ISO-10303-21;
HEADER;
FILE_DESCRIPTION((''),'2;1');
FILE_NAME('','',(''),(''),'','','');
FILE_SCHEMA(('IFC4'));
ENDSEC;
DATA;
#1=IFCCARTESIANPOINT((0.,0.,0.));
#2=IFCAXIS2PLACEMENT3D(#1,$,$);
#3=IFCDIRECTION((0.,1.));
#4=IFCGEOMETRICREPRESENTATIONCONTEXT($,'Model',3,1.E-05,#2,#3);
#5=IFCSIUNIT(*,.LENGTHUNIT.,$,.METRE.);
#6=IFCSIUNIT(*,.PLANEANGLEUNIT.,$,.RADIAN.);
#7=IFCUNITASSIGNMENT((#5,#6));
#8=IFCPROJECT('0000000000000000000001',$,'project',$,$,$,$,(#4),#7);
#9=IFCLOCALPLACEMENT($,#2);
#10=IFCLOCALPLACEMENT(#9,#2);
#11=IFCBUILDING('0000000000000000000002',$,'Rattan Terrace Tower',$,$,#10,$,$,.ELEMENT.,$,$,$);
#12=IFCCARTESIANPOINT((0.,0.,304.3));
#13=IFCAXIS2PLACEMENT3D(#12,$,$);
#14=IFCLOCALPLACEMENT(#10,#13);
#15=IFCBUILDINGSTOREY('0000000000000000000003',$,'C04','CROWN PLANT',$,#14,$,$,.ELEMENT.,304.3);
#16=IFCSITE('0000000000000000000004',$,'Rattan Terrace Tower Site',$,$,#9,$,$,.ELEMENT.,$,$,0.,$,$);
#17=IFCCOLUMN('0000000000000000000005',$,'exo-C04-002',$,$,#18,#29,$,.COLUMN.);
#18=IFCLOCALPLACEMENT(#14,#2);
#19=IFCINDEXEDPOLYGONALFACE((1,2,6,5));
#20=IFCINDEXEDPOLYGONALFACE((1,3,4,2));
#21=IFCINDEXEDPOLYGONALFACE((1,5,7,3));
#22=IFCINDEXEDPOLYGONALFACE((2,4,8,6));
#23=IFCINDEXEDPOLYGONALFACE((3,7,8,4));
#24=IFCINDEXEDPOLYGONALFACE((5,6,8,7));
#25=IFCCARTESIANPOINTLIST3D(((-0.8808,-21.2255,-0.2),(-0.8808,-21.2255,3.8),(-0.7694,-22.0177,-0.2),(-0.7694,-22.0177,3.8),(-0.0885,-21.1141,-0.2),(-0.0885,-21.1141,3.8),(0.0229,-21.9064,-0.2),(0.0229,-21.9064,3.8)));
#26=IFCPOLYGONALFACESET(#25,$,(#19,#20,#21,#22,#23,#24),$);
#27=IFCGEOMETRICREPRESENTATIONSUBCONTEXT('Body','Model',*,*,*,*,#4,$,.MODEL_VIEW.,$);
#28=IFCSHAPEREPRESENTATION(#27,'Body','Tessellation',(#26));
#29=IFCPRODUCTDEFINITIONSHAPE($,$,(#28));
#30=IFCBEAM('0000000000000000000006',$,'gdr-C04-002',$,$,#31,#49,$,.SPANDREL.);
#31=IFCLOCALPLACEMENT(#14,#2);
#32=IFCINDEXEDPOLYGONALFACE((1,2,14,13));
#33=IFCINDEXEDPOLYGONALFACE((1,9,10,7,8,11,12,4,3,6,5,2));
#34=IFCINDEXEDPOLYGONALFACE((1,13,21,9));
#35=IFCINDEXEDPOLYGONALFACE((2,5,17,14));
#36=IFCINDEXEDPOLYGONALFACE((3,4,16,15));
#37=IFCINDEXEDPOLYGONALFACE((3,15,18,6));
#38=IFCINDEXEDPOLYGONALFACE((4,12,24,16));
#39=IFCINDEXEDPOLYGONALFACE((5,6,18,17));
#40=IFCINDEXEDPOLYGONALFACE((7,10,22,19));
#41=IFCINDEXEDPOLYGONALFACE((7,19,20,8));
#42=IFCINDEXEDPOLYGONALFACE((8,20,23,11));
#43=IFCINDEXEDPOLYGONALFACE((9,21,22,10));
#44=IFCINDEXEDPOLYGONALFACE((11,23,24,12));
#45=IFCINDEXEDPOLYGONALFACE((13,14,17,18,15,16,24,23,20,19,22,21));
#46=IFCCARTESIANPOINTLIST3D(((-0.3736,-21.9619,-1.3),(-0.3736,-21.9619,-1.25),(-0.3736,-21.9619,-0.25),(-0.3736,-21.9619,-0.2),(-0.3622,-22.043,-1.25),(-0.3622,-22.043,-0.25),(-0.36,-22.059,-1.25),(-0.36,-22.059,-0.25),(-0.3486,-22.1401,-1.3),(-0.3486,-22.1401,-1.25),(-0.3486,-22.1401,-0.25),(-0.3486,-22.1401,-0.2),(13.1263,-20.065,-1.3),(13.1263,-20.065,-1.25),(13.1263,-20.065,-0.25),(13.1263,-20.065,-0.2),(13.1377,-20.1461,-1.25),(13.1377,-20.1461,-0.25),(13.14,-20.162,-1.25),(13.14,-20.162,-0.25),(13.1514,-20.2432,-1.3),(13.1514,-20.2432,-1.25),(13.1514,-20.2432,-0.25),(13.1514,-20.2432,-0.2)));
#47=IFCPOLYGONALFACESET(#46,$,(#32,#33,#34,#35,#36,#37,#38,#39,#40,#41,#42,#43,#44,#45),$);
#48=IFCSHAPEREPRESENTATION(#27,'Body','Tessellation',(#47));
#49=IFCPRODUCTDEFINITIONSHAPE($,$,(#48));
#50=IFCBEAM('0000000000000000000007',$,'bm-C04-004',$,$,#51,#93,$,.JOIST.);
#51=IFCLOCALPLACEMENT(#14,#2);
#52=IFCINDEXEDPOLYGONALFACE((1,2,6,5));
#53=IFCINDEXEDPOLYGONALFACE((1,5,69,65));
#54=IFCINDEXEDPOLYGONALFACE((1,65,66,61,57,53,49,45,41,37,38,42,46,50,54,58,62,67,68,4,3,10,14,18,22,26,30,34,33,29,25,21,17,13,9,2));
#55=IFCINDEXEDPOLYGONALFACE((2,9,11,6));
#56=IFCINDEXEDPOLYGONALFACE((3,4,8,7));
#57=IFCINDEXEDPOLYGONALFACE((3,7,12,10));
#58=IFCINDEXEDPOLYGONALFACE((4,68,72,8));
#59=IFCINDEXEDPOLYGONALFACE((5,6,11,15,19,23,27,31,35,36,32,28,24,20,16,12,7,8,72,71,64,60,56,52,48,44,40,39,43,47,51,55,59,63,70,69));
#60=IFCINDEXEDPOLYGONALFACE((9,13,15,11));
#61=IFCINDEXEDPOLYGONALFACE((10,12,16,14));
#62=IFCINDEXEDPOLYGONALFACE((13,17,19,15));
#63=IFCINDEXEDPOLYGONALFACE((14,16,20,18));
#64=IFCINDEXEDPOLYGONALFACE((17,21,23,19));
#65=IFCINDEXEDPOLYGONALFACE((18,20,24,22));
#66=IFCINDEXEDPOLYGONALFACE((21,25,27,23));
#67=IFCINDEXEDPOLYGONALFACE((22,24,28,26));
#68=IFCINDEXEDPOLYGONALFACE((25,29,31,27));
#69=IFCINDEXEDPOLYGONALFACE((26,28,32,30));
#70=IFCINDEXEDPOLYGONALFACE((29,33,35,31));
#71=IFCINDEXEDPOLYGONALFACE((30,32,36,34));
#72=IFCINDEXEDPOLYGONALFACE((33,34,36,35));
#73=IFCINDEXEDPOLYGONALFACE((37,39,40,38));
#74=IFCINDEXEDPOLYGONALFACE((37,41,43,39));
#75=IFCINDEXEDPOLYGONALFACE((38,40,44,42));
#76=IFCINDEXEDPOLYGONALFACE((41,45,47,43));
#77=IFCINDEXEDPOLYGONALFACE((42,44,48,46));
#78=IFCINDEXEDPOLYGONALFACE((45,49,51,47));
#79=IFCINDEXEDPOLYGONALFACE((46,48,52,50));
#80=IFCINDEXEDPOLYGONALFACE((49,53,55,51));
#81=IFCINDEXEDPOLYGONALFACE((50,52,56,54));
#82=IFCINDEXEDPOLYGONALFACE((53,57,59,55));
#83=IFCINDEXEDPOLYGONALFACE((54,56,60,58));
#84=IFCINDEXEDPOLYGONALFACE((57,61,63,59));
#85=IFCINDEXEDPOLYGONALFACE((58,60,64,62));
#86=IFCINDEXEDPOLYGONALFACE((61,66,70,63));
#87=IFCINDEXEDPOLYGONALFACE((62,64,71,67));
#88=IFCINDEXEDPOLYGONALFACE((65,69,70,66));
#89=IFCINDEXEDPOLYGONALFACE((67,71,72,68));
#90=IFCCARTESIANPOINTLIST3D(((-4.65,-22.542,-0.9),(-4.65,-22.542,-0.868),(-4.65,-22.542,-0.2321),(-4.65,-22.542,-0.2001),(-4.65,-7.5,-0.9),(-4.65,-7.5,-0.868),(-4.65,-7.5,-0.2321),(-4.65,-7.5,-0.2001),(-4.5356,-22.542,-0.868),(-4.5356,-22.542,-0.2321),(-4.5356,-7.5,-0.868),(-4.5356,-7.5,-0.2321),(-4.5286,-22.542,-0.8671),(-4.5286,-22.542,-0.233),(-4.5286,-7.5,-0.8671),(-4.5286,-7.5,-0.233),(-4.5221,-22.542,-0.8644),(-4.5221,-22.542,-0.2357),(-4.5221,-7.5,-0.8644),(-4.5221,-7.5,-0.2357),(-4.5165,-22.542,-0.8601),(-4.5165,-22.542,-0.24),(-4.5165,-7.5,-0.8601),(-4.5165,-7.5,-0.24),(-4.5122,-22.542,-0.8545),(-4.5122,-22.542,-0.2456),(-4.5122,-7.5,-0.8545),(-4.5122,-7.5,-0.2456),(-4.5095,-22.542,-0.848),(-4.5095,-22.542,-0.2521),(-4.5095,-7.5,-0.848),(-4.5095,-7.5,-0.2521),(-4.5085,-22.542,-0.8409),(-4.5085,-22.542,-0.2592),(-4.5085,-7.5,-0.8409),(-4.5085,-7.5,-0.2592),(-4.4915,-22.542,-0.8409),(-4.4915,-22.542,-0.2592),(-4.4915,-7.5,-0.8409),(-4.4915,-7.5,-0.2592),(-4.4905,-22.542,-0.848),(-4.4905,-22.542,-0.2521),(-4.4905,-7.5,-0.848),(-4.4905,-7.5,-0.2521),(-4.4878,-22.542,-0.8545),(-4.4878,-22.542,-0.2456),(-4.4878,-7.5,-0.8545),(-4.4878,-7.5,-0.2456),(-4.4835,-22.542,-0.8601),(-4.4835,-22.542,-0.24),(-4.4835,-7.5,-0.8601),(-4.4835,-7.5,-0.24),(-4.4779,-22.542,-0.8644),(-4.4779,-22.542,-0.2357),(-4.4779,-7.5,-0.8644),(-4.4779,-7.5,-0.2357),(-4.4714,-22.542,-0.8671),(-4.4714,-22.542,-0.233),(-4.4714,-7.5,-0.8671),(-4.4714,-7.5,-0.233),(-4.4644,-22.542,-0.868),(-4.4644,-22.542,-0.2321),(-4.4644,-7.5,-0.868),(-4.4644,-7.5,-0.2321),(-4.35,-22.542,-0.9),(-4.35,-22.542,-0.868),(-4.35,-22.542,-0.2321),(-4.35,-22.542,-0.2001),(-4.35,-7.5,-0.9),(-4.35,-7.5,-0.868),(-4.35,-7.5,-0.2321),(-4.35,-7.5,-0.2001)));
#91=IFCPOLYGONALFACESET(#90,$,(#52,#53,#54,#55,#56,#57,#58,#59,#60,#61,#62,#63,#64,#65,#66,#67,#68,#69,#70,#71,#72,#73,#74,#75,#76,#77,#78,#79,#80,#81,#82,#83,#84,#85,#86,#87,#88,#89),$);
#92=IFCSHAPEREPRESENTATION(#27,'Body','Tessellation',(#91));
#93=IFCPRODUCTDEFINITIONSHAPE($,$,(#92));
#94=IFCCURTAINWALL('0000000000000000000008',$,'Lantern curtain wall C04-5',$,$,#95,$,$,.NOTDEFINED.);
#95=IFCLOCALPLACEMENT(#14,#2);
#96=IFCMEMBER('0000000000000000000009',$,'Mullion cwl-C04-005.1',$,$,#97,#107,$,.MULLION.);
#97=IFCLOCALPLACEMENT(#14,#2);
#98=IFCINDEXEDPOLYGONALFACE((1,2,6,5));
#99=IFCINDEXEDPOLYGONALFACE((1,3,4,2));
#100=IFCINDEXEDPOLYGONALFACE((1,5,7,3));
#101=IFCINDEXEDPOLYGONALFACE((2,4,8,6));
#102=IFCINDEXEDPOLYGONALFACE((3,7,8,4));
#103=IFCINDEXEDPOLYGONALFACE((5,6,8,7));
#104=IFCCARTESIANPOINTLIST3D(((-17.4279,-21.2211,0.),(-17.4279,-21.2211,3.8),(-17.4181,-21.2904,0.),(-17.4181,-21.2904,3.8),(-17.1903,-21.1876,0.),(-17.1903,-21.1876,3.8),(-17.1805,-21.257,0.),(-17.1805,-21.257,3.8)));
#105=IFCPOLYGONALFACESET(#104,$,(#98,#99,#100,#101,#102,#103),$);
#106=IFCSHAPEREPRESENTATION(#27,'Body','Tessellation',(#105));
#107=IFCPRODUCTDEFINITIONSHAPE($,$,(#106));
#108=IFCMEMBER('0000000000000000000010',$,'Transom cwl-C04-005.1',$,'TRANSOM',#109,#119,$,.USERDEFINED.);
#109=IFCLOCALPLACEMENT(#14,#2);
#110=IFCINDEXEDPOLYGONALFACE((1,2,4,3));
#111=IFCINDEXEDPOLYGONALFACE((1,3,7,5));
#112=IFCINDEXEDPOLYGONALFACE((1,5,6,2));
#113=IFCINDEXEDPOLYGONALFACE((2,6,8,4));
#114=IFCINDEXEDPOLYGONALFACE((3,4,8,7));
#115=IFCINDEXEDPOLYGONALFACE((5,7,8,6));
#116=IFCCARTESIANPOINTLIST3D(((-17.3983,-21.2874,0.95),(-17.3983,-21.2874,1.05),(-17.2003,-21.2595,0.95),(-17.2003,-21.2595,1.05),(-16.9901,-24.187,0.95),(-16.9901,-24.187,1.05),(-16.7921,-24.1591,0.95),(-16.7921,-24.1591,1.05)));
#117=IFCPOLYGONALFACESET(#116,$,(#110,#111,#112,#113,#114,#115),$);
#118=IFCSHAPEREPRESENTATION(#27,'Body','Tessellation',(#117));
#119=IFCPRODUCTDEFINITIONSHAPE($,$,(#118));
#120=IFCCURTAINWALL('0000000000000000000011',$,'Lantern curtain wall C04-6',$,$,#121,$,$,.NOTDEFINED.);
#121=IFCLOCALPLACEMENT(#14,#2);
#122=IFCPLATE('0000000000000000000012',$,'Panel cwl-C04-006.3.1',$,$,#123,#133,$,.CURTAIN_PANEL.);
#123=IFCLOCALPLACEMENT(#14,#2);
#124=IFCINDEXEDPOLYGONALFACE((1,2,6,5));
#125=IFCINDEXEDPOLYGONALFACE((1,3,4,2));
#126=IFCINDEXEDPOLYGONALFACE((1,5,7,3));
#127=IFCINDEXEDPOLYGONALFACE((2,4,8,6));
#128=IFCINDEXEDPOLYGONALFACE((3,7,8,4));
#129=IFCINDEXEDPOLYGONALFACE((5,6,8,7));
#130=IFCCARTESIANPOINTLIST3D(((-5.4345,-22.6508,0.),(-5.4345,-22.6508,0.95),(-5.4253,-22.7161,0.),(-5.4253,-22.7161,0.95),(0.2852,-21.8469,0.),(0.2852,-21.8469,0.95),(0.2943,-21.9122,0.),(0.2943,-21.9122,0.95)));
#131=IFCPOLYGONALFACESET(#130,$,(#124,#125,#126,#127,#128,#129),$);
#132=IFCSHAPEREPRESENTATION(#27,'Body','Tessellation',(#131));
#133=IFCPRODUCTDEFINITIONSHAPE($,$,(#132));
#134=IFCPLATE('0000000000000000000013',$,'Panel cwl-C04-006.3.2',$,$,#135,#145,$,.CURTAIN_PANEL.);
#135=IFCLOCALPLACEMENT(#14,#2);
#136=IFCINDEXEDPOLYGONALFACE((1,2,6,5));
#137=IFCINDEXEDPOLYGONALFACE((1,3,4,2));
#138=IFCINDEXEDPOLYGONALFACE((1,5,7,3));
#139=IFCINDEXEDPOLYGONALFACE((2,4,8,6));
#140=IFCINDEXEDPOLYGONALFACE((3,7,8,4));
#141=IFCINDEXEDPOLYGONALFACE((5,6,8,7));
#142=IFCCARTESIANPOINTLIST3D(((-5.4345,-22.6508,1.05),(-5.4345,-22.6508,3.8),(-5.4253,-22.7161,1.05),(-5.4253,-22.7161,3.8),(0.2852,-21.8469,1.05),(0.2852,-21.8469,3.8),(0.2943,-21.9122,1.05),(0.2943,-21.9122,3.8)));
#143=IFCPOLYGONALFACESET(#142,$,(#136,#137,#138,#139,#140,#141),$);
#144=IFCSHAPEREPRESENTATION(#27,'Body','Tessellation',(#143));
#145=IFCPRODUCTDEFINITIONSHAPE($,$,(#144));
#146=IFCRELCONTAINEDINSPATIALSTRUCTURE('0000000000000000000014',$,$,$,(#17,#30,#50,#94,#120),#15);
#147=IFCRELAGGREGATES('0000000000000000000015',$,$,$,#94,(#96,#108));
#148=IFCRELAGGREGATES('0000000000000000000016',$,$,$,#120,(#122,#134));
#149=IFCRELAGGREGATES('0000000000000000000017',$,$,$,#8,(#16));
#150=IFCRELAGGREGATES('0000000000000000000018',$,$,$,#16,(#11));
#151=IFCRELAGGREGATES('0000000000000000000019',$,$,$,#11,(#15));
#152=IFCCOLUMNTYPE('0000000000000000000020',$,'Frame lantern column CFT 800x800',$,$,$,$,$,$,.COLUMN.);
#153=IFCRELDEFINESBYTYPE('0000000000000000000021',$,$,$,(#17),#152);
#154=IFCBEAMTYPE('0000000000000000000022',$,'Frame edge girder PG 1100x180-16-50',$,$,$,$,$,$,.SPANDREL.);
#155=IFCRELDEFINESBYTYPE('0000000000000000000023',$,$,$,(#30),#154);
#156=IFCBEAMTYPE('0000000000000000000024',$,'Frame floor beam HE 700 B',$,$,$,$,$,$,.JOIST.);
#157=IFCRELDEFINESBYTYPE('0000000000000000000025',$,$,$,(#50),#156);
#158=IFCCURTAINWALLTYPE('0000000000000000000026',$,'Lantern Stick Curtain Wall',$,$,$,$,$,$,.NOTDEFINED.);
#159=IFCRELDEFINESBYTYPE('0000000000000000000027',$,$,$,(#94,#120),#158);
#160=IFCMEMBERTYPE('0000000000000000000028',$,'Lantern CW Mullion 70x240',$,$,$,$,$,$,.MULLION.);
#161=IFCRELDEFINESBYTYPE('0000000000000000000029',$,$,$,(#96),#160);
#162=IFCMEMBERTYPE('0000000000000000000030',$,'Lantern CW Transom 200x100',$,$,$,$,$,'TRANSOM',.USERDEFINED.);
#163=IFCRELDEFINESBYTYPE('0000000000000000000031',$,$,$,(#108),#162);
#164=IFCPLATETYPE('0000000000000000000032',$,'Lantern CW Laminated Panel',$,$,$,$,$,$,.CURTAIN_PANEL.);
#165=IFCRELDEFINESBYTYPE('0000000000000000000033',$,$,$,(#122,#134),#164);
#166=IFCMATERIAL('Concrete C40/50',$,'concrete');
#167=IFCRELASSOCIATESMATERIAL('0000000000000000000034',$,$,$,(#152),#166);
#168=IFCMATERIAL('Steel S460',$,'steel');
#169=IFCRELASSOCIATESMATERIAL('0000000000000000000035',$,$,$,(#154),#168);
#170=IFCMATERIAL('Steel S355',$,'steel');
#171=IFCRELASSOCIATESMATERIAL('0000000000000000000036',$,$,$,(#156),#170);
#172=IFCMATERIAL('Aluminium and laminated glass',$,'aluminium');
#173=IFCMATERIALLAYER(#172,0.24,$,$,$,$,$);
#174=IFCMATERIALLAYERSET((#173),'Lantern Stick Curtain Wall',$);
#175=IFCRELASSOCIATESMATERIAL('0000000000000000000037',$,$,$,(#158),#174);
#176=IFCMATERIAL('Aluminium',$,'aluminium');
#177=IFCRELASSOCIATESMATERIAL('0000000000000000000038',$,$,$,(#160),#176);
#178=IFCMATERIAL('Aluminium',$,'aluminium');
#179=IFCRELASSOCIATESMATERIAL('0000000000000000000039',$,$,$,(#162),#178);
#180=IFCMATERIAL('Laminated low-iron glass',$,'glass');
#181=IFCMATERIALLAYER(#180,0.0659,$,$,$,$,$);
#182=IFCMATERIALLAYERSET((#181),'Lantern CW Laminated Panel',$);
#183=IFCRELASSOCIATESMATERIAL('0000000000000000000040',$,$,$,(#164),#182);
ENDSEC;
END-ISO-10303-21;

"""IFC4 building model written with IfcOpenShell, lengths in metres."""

from ifc_helpers import new_model, si_unit, direction, frame, origin, origin_2d, place, context, subcontext, project, spatial, rectangle, i_section, extrude, material, layer, layer_set, material_profile, profile_set, type_object, element, aggregate, save


model = new_model("IFC4")

# Units and contexts
model_context = context("Model", 3, precision=1e-05, world=origin(), true_north=direction((0.0, 1.0)))
body_context = subcontext(model_context, "Body", "Model", "MODEL_VIEW")
ifc_project = project(units=[si_unit("LENGTHUNIT", "METRE"), si_unit("PLANEANGLEUNIT", "RADIAN")], contexts=[model_context])

# Site, building, storey
site_placement = place(None, origin())
site = spatial("IfcSite", under=ifc_project, at=site_placement, Name="Rattan Terrace Tower Site", CompositionType="ELEMENT", RefElevation=0.0)
building_placement = place(site_placement, origin())
building = spatial("IfcBuilding", under=site, at=building_placement, Name="Rattan Terrace Tower", CompositionType="ELEMENT")
storey_placement = place(building_placement, frame((0.0, 0.0, 304.3)))
storey = spatial("IfcBuildingStorey", under=building, at=storey_placement, Name="C04", Description="CROWN PLANT", CompositionType="ELEMENT", Elevation=304.3)

# Column
ifc_material_1 = material(Name="Concrete C40/50", Category="concrete")
ifc_material_profile_1 = material_profile(ifc_material_1, rectangle(XDim=0.8, YDim=0.8, at=origin_2d()), Name="CFT 800x800")
ifc_profile_set_1 = profile_set([ifc_material_profile_1], Name="Concrete C40/50")
column_type = type_object("IfcColumnType", Name="Frame lantern column CFT 800x800", PredefinedType="COLUMN", material=ifc_profile_set_1)
column_placement = place(storey_placement, frame((-0.429, -21.5659, -0.2), z_axis=(0.0, 0.0, 1.0), x_axis=(0.990266, 0.13919, 0.0)))
element("IfcColumn", 1, at=column_placement, inside=storey, type_object=column_type, Name="exo-C04-002", PredefinedType="COLUMN", context=body_context, shape_type="SweptSolid", body=[
    extrude(rectangle(XDim=0.8, YDim=0.8, at=origin_2d()), origin(), (0.0, 0.0, 1.0), 4.0),
])

# Beams
ifc_material_2 = material(Name="Steel S460", Category="steel")
ifc_material_profile_2 = material_profile(ifc_material_2, i_section(OverallWidth=0.1799, OverallDepth=1.1001, WebThickness=0.0161, FlangeThickness=0.05, at=origin_2d()), Name="PG 1100x180-16-50")
ifc_profile_set_2 = profile_set([ifc_material_profile_2], Name="Steel S460")
beam_type_1 = type_object("IfcBeamType", Name="Frame edge girder PG 1100x180-16-50", PredefinedType="SPANDREL", material=ifc_profile_set_2)
beam_1_placement = place(storey_placement, frame((-0.3611, -22.051, -0.75), z_axis=(0.990271, 0.139149, 0.0), x_axis=(-0.139149, 0.990271, 0.0)))
element("IfcBeam", 2, at=beam_1_placement, inside=storey, type_object=beam_type_1, Name="gdr-C04-002", PredefinedType="SPANDREL", context=body_context, shape_type="SweptSolid", body=[
    extrude(i_section(OverallWidth=0.1799, OverallDepth=1.1001, WebThickness=0.0161, FlangeThickness=0.05, at=origin_2d()), origin(), (0.0, 0.0, 1.0), 13.6326),
])
ifc_material_3 = material(Name="Steel S355", Category="steel")
ifc_material_profile_3 = material_profile(ifc_material_3, i_section(OverallWidth=0.3, OverallDepth=0.7, WebThickness=0.0171, FlangeThickness=0.032, FilletRadius=0.0271, at=origin_2d()), Name="HE 700 B")
ifc_profile_set_3 = profile_set([ifc_material_profile_3], Name="Steel S355")
beam_type_2 = type_object("IfcBeamType", Name="Frame floor beam HE 700 B", PredefinedType="JOIST", material=ifc_profile_set_3)
beam_2_placement = place(storey_placement, frame((-4.5, -22.542, -0.55), z_axis=(0.0, 1.0, 0.0), x_axis=(-1.0, 0.0, 0.0)))
element("IfcBeam", 3, at=beam_2_placement, inside=storey, type_object=beam_type_2, Name="bm-C04-004", PredefinedType="JOIST", context=body_context, shape_type="SweptSolid", body=[
    extrude(i_section(OverallWidth=0.3, OverallDepth=0.7, WebThickness=0.0171, FlangeThickness=0.032, FilletRadius=0.0271, at=origin_2d()), origin(), (0.0, 0.0, 1.0), 15.042),
])

# Curtain wall, members
ifc_material_4 = material(Name="Aluminium and laminated glass", Category="aluminium")
ifc_layer_1 = layer(ifc_material_4, 0.24)
ifc_layer_set_1 = layer_set([ifc_layer_1], Name="Lantern Stick Curtain Wall")
curtain_wall_type = type_object("IfcCurtainWallType", Name="Lantern Stick Curtain Wall", PredefinedType="NOTDEFINED", material=ifc_layer_set_1)
curtain_wall_1_placement = place(storey_placement, origin())
curtain_wall_1 = element("IfcCurtainWall", 4, at=curtain_wall_1_placement, inside=storey, type_object=curtain_wall_type, Name="Lantern curtain wall C04-5", PredefinedType="NOTDEFINED")
ifc_material_5 = material(Name="Aluminium", Category="aluminium")
ifc_material_profile_4 = material_profile(ifc_material_5, rectangle(XDim=0.0701, YDim=0.24, at=origin_2d()), Name="Aluminium 70x240")
ifc_profile_set_4 = profile_set([ifc_material_profile_4], Name="Aluminium")
member_type_1 = type_object("IfcMemberType", Name="Lantern CW Mullion 70x240", PredefinedType="MULLION", material=ifc_profile_set_4)
member_1_placement = place(storey_placement, frame((-17.3042, -21.239, 0.0), z_axis=(0.0, 0.0, 1.0), x_axis=(0.139413, -0.990234, 0.0)))
member_1 = element("IfcMember", 5, at=member_1_placement, type_object=member_type_1, Name="Mullion cwl-C04-005.1", PredefinedType="MULLION", context=body_context, shape_type="SweptSolid", body=[
    extrude(rectangle(XDim=0.0701, YDim=0.24, at=origin_2d()), origin(), (0.0, 0.0, 1.0), 3.8),
])
ifc_material_6 = material(Name="Aluminium", Category="aluminium")
ifc_material_profile_5 = material_profile(ifc_material_6, rectangle(XDim=0.2, YDim=0.1001, at=origin_2d()), Name="Aluminium 200x100")
ifc_profile_set_5 = profile_set([ifc_material_profile_5], Name="Aluminium")
member_type_2 = type_object("IfcMemberType", Name="Lantern CW Transom 200x100", ElementType="TRANSOM", PredefinedType="USERDEFINED", material=ifc_profile_set_5)
member_2_placement = place(storey_placement, frame((-17.2993, -21.2734, 1.0), z_axis=(0.139402, -0.990236, 0.0), x_axis=(0.990236, 0.139402, 0.0)))
member_2 = element("IfcMember", 6, at=member_2_placement, type_object=member_type_2, Name="Transom cwl-C04-005.1", ObjectType="TRANSOM", PredefinedType="USERDEFINED", context=body_context, shape_type="SweptSolid", body=[
    extrude(rectangle(XDim=0.2, YDim=0.1001, at=origin_2d()), origin(), (0.0, 0.0, 1.0), 2.9282),
])
aggregate(curtain_wall_1, [member_1, member_2])

# Curtain wall, plates
curtain_wall_2_placement = place(storey_placement, origin())
curtain_wall_2 = element("IfcCurtainWall", 7, at=curtain_wall_2_placement, inside=storey, type_object=curtain_wall_type, Name="Lantern curtain wall C04-6", PredefinedType="NOTDEFINED")
ifc_material_7 = material(Name="Laminated low-iron glass", Category="glass")
ifc_layer_2 = layer(ifc_material_7, 0.0659)
ifc_layer_set_2 = layer_set([ifc_layer_2], Name="Lantern CW Laminated Panel")
plate_type = type_object("IfcPlateType", Name="Lantern CW Laminated Panel", PredefinedType="CURTAIN_PANEL", material=ifc_layer_set_2)
plate_1_placement = place(storey_placement, frame((-2.5701, -22.2815, 0.0), z_axis=(0.0, 0.0, 1.0), x_axis=(0.990267, 0.139181, 0.0)))
plate_1 = element("IfcPlate", 8, at=plate_1_placement, type_object=plate_type, Name="Panel cwl-C04-006.3.1", PredefinedType="CURTAIN_PANEL", context=body_context, shape_type="SweptSolid", body=[
    extrude(rectangle(XDim=5.7759, YDim=0.0659, at=origin_2d()), origin(), (0.0, 0.0, 1.0), 0.95),
])
plate_2_placement = place(storey_placement, frame((-2.5701, -22.2815, 1.05), z_axis=(0.0, 0.0, 1.0), x_axis=(0.990267, 0.139181, 0.0)))
plate_2 = element("IfcPlate", 9, at=plate_2_placement, type_object=plate_type, Name="Panel cwl-C04-006.3.2", PredefinedType="CURTAIN_PANEL", context=body_context, shape_type="SweptSolid", body=[
    extrude(rectangle(XDim=5.7759, YDim=0.0659, at=origin_2d()), origin(), (0.0, 0.0, 1.0), 2.75),
])
aggregate(curtain_wall_2, [plate_1, plate_2])

save(model, "model.ifc")
